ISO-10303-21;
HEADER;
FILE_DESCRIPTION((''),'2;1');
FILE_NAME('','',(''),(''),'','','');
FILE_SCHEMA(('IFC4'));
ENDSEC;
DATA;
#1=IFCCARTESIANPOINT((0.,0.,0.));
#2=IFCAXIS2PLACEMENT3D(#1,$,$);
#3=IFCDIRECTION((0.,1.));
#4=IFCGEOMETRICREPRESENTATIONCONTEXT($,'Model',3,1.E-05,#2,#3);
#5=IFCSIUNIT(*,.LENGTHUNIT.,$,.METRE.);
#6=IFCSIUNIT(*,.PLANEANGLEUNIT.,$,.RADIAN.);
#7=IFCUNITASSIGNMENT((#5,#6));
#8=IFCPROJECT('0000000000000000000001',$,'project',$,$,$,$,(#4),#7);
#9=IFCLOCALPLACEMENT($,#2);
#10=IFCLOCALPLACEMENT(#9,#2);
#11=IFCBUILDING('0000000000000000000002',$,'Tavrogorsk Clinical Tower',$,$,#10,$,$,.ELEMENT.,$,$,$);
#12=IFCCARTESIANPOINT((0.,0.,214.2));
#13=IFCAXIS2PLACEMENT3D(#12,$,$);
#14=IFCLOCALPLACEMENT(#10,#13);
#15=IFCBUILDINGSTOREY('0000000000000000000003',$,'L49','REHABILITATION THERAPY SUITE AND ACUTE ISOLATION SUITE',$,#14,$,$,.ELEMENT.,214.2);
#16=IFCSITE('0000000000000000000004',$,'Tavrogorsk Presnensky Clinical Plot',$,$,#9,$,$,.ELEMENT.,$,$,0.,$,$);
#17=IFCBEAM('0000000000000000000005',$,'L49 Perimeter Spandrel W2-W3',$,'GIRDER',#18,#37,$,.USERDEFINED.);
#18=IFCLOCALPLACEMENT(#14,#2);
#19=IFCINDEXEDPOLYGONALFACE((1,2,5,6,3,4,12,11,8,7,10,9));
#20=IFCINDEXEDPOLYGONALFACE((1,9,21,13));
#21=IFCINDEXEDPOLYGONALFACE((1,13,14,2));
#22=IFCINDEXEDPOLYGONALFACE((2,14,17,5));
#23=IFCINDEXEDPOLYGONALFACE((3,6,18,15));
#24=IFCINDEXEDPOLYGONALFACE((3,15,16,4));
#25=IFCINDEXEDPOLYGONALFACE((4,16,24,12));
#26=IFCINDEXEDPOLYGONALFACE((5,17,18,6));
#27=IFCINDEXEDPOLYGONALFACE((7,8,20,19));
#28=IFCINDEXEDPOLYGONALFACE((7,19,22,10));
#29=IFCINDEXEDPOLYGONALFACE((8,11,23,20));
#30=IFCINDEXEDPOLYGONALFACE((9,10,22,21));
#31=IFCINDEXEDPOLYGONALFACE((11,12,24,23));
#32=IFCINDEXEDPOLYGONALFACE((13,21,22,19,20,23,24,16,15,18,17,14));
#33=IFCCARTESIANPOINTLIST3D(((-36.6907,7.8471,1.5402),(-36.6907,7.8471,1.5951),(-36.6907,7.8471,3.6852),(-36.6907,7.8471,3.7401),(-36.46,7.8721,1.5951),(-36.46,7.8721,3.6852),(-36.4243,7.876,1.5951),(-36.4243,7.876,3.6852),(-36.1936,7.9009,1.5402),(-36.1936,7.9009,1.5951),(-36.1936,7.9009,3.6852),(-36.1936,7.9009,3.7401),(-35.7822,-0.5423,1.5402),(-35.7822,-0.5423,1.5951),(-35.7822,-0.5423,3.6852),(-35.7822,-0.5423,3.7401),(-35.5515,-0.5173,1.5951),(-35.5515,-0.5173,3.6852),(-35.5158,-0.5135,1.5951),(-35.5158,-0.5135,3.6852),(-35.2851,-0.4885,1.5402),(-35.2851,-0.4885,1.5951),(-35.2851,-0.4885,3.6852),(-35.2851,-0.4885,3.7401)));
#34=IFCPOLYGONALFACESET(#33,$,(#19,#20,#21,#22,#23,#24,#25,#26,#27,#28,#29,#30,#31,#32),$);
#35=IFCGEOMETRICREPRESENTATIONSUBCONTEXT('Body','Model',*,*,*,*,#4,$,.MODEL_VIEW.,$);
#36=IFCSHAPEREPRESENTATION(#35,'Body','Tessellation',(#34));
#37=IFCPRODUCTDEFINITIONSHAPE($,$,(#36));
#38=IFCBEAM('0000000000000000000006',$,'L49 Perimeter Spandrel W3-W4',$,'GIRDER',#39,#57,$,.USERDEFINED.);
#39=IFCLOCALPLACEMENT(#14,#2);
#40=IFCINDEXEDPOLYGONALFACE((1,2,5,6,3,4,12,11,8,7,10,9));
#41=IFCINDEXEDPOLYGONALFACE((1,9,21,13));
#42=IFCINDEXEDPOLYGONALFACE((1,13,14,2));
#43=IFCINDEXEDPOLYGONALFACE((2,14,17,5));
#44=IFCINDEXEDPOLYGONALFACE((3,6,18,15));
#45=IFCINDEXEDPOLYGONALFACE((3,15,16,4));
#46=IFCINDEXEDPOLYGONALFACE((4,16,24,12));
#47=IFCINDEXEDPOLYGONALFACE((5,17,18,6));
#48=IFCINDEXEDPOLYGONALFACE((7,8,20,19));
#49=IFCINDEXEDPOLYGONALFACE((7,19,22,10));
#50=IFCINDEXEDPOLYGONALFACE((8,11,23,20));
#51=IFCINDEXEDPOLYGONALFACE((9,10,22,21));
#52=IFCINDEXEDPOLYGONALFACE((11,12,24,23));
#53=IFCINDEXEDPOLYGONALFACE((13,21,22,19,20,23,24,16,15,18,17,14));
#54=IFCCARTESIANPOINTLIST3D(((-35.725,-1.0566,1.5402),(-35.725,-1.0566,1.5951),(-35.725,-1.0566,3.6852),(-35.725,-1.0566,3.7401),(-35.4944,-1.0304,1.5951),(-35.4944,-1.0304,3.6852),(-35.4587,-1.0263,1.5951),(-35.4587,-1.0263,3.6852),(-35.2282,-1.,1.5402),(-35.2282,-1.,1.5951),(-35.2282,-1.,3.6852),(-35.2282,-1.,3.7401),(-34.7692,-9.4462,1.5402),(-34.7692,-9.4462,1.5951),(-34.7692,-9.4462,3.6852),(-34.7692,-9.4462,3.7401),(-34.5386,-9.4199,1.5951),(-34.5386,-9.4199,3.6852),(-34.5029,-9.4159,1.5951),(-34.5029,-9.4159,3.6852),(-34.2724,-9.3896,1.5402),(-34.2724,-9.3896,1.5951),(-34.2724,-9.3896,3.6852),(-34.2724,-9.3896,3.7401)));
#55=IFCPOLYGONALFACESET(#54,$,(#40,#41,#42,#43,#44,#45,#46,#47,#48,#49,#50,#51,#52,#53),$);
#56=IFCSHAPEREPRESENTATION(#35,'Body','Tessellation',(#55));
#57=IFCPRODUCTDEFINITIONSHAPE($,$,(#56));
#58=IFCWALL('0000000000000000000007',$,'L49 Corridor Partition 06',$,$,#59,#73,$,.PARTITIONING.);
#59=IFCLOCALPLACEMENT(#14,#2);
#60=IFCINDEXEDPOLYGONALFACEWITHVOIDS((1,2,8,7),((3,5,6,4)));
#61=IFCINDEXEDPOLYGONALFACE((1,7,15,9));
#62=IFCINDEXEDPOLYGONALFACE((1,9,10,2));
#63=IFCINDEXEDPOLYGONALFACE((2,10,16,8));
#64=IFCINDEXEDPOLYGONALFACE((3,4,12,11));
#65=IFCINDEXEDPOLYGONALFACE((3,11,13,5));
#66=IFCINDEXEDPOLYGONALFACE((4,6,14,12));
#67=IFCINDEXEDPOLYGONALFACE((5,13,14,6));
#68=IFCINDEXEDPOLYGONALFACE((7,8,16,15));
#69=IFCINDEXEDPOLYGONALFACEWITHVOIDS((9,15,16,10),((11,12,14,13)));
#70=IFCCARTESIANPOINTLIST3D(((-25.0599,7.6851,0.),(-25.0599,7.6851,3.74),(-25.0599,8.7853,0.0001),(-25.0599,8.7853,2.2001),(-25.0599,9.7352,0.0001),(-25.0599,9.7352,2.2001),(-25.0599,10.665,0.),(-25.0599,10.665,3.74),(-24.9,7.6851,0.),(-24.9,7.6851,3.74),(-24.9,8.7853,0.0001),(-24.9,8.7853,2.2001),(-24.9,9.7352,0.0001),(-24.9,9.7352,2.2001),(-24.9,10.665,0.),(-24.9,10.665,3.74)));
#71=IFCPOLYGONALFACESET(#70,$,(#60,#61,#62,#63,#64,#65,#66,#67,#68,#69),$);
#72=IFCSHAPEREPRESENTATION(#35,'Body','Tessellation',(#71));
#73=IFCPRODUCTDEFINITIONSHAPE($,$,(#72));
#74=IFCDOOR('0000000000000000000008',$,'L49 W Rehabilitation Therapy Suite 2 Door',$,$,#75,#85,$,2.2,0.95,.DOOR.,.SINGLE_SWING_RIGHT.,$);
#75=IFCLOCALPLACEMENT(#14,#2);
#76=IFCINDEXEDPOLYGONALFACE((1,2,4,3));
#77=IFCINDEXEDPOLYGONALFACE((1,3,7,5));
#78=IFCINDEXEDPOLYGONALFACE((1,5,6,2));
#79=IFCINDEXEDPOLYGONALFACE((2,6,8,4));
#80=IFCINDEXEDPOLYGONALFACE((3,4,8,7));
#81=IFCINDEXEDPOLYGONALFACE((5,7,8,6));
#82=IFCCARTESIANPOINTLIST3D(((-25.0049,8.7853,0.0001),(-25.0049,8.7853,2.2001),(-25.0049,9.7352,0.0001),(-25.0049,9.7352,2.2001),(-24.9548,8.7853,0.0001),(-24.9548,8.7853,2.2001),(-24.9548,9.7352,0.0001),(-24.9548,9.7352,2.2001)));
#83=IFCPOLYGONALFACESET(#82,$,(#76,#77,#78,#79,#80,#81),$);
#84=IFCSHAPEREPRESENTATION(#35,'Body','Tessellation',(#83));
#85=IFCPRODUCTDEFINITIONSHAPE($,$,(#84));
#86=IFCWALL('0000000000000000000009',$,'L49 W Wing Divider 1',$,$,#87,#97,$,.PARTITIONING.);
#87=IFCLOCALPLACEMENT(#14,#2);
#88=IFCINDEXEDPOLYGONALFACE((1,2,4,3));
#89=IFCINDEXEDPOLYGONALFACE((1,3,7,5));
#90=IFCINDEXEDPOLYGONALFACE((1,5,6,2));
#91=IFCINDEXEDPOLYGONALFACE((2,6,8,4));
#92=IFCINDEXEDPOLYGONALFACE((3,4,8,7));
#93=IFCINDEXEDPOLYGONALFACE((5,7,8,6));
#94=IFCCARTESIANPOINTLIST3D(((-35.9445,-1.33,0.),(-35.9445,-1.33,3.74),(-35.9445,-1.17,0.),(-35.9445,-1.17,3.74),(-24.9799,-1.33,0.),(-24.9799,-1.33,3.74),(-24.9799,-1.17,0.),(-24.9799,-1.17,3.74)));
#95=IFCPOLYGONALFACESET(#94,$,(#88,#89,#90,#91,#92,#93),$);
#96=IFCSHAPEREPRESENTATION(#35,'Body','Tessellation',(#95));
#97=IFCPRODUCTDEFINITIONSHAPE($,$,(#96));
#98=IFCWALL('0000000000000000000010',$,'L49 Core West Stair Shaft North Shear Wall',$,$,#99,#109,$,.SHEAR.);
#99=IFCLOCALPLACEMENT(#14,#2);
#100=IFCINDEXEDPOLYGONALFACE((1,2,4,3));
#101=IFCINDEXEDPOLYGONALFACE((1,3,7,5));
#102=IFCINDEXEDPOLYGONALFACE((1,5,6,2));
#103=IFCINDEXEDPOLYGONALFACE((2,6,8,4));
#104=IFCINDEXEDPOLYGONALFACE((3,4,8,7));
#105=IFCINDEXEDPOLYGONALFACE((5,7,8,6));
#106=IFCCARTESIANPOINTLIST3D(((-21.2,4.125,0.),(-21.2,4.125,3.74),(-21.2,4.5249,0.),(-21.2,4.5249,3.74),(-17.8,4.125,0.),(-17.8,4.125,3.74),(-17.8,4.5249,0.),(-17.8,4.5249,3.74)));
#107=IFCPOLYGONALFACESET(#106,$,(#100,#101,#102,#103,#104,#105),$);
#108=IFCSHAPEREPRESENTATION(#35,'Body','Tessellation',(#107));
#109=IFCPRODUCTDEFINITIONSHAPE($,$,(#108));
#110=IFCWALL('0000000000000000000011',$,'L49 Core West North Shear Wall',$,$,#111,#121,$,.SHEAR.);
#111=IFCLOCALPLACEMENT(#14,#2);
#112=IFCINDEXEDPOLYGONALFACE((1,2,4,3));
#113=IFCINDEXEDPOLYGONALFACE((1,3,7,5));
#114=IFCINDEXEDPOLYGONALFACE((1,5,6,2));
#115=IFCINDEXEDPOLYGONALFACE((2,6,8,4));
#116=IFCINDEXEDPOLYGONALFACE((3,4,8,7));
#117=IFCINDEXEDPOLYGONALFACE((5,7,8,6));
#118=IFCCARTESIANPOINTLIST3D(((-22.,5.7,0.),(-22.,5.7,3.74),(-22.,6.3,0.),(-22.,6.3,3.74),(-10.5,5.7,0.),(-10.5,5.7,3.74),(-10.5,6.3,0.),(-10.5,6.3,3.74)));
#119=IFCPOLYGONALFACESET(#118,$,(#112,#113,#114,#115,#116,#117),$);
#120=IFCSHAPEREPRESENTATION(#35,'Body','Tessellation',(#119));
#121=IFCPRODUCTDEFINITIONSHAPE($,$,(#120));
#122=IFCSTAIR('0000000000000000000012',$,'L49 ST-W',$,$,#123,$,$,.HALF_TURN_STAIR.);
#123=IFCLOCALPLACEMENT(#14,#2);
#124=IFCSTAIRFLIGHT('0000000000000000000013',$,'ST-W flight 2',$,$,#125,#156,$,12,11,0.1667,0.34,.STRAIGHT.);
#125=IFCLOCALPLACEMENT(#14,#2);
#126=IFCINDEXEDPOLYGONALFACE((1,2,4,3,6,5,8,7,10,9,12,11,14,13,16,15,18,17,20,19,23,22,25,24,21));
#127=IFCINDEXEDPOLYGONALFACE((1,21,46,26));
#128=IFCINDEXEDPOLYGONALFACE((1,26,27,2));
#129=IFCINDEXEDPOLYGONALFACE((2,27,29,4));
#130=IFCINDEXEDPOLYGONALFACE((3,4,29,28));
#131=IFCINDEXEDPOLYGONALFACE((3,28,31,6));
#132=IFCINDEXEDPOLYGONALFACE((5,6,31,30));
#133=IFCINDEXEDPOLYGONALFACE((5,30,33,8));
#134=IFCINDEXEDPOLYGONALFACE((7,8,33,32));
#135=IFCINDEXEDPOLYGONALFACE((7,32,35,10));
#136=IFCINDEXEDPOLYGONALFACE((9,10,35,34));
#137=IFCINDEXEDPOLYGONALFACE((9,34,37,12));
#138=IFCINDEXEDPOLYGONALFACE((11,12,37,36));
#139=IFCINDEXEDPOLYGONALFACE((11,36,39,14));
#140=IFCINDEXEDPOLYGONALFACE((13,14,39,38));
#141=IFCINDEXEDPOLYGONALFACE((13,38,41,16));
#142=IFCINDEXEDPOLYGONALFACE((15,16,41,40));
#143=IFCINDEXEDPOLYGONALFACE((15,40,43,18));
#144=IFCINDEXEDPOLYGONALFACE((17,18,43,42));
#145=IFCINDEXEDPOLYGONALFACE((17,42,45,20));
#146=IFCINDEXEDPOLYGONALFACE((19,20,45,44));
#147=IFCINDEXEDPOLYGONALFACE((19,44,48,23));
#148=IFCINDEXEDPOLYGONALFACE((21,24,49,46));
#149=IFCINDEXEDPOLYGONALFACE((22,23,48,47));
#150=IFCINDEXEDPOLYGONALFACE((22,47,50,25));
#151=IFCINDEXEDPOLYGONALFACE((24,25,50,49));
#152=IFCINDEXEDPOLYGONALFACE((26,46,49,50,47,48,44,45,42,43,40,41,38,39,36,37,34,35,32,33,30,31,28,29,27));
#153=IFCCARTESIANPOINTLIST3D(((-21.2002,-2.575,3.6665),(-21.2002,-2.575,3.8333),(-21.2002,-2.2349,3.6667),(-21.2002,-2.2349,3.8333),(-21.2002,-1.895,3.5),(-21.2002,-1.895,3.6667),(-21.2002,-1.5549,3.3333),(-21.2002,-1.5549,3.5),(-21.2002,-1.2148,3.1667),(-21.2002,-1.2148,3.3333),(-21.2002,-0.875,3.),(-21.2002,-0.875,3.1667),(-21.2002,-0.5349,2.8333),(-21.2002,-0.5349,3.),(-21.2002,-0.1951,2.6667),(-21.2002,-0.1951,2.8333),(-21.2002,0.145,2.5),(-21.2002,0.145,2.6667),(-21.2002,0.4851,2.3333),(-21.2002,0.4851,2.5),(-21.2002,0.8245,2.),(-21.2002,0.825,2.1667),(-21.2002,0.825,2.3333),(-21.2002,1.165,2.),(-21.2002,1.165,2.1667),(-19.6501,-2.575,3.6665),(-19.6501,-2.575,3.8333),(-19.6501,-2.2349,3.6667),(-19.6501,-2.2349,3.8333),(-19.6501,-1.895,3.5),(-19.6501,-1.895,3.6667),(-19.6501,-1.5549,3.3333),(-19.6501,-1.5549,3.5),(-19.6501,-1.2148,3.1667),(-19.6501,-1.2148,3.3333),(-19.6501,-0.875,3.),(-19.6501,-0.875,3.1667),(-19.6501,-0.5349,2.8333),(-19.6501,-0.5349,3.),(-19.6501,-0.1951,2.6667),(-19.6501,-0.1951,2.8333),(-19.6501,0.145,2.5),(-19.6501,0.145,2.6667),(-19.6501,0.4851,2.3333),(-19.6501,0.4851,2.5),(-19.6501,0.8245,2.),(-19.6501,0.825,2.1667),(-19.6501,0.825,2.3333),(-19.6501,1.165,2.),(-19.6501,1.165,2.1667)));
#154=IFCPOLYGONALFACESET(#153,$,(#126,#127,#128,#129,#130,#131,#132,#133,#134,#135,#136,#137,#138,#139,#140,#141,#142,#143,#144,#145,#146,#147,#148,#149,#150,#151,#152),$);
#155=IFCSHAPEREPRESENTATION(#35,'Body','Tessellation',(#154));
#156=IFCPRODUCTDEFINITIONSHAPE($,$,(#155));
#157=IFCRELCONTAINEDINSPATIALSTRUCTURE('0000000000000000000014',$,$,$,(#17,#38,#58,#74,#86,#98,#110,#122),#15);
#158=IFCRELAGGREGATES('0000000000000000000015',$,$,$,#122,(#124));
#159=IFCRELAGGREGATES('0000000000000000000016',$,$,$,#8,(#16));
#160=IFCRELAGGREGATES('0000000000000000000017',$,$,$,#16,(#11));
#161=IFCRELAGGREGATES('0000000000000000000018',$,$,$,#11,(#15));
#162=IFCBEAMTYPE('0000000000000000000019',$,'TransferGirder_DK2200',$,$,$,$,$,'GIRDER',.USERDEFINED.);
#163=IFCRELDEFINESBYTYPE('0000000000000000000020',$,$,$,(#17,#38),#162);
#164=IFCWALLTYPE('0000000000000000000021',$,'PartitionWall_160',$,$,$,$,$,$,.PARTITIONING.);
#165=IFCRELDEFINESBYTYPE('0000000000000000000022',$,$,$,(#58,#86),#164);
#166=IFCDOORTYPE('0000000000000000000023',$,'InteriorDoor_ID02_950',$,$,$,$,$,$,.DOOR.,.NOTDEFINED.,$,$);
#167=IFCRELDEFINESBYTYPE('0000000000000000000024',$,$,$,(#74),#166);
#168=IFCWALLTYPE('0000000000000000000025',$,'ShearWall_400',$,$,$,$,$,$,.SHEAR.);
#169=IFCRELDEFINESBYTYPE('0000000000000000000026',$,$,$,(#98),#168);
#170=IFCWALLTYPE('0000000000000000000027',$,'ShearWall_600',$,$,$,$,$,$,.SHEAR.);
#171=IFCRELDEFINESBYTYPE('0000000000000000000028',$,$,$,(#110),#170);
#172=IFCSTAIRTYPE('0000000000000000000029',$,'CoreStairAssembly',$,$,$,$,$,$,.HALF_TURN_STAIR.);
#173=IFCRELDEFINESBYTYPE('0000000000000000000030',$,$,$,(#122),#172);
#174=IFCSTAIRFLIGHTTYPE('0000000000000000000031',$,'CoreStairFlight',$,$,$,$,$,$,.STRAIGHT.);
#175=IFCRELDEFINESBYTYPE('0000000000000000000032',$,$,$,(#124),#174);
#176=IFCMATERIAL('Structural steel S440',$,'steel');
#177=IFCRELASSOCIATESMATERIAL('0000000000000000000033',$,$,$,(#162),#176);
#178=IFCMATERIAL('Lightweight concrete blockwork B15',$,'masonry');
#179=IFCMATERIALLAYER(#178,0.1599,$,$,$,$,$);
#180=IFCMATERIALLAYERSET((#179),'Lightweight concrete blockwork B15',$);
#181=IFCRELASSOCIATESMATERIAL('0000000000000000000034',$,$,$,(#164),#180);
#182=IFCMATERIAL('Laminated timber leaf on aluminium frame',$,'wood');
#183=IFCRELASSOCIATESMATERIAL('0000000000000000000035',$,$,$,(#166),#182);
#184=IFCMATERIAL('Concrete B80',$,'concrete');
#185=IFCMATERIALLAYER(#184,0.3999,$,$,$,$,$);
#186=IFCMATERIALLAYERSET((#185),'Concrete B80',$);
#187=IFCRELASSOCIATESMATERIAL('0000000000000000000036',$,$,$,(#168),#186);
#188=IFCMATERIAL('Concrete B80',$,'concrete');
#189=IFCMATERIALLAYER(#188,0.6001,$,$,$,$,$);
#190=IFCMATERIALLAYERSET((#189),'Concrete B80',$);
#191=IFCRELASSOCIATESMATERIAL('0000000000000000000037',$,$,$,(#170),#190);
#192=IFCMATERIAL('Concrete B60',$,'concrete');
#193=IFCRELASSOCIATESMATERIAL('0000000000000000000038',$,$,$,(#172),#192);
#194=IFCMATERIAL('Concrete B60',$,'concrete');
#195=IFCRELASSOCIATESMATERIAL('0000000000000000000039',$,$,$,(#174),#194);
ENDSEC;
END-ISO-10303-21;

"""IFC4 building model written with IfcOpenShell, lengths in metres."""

from ifc_helpers import new_model, si_unit, direction, frame, frame_2d, origin, origin_2d, place, context, subcontext, project, spatial, polyline, rectangle, i_section, outline, extrude, material, layer, layer_set, material_profile, profile_set, type_object, element, fill, aggregate, save


model = new_model("IFC4")

# Units and contexts
model_context = context("Model", 3, precision=1e-05, world=origin(), true_north=direction((0.0, 1.0)))
body_context = subcontext(model_context, "Body", "Model", "MODEL_VIEW")
ifc_project = project(units=[si_unit("LENGTHUNIT", "METRE"), si_unit("PLANEANGLEUNIT", "RADIAN")], contexts=[model_context])

# Site, building, storey
site_placement = place(None, origin())
site = spatial("IfcSite", under=ifc_project, at=site_placement, Name="Tavrogorsk Presnensky Clinical Plot", CompositionType="ELEMENT", RefElevation=0.0)
building_placement = place(site_placement, origin())
building = spatial("IfcBuilding", under=site, at=building_placement, Name="Tavrogorsk Clinical Tower", CompositionType="ELEMENT")
storey_placement = place(building_placement, frame((0.0, 0.0, 214.2)))
storey = spatial("IfcBuildingStorey", under=building, at=storey_placement, Name="L49", Description="REHABILITATION THERAPY SUITE AND ACUTE ISOLATION SUITE", CompositionType="ELEMENT", Elevation=214.2)

# Beams
ifc_material_1 = material(Name="Structural steel S440", Category="steel")
ifc_material_profile_1 = material_profile(ifc_material_1, i_section(OverallWidth=0.5, OverallDepth=2.2, WebThickness=0.0359, FlangeThickness=0.0549, at=origin_2d()), Name="DK-2200x500x36x55")
ifc_profile_set_1 = profile_set([ifc_material_profile_1], Name="Structural steel S440")
beam_type_1 = type_object("IfcBeamType", Name="TransferGirder_DK2200", ElementType="GIRDER", PredefinedType="USERDEFINED", material=ifc_profile_set_1)
beam_1_placement = place(storey_placement, frame((-36.4421, 7.874, 2.6401), z_axis=(0.107656, -0.994188, 0.0), x_axis=(0.994188, 0.107656, 0.0)))
element("IfcBeam", 1, at=beam_1_placement, inside=storey, type_object=beam_type_1, Name="L49 Perimeter Spandrel W2-W3", ObjectType="GIRDER", PredefinedType="USERDEFINED", context=body_context, shape_type="SweptSolid", body=[
    extrude(i_section(OverallWidth=0.5, OverallDepth=2.2, WebThickness=0.0359, FlangeThickness=0.0549, at=origin_2d()), origin(), (0.0, 0.0, 1.0), 8.4385),
])
beam_2_placement = place(storey_placement, frame((-35.4766, -1.0283, 2.6401), z_axis=(0.113195, -0.993573, 0.0), x_axis=(0.993573, 0.113195, 0.0)))
element("IfcBeam", 2, at=beam_2_placement, inside=storey, type_object=beam_type_1, Name="L49 Perimeter Spandrel W3-W4", ObjectType="GIRDER", PredefinedType="USERDEFINED", context=body_context, shape_type="SweptSolid", body=[
    extrude(i_section(OverallWidth=0.5, OverallDepth=2.2, WebThickness=0.0359, FlangeThickness=0.0549, at=origin_2d()), origin(), (0.0, 0.0, 1.0), 8.4438),
])

# Wall, opening, door
ifc_material_2 = material(Name="Lightweight concrete blockwork B15", Category="masonry")
ifc_layer_1 = layer(ifc_material_2, 0.1599)
ifc_layer_set_1 = layer_set([ifc_layer_1], Name="Lightweight concrete blockwork B15")
wall_type_1 = type_object("IfcWallType", Name="PartitionWall_160", PredefinedType="PARTITIONING", material=ifc_layer_set_1)
wall_1_placement = place(storey_placement, frame((-24.98, 7.6851, 0.0), z_axis=(0.0, 0.0, 1.0), x_axis=(0.0, 1.0, 0.0)))
wall_1 = element("IfcWall", 3, at=wall_1_placement, inside=storey, type_object=wall_type_1, Name="L49 Corridor Partition 06", PredefinedType="PARTITIONING", context=body_context, shape_type="SweptSolid", body=[
    extrude(rectangle(XDim=2.98, YDim=0.1599, at=frame_2d((1.49, 0.0))), origin(), (0.0, 0.0, 1.0), 3.74),
])
opening_placement = place(wall_1_placement, frame((1.1001, 0.0, 0.0)))
opening = element("IfcOpeningElement", 4, at=opening_placement, cuts=wall_1, PredefinedType="OPENING", context=body_context, shape_type="SweptSolid", body=[
    extrude(rectangle(XDim=0.95, YDim=2.2, at=frame_2d((0.4751, 1.1001))), frame((0.0, 0.0898, 0.0), z_axis=(0.0, -1.0, 0.0), x_axis=(1.0, 0.0, 0.0)), (0.0, 0.0, 1.0), 0.1799),
])
ifc_material_3 = material(Name="Laminated timber leaf on aluminium frame", Category="wood")
door_type = type_object("IfcDoorType", Name="InteriorDoor_ID02_950", OperationType="NOTDEFINED", PredefinedType="DOOR", material=ifc_material_3)
door_placement = place(opening_placement, origin())
door = element("IfcDoor", 5, at=door_placement, inside=storey, type_object=door_type, Name="L49 W Rehabilitation Therapy Suite 2 Door", OperationType="SINGLE_SWING_RIGHT", OverallHeight=2.2, OverallWidth=0.95, PredefinedType="DOOR", context=body_context, shape_type="SweptSolid", body=[
    extrude(rectangle(XDim=0.95, YDim=2.2, at=frame_2d((0.4751, 1.1001))), frame((0.0, 0.0249, 0.0), z_axis=(0.0, -1.0, 0.0), x_axis=(1.0, 0.0, 0.0)), (0.0, 0.0, 1.0), 0.05),
])
fill(opening, door)

# Walls
wall_2_placement = place(storey_placement, frame((-35.9446, -1.25, 0.0), z_axis=(0.0, 0.0, 1.0), x_axis=(1.0, 0.0, 0.0)))
element("IfcWall", 6, at=wall_2_placement, inside=storey, type_object=wall_type_1, Name="L49 W Wing Divider 1", PredefinedType="PARTITIONING", context=body_context, shape_type="SweptSolid", body=[
    extrude(rectangle(XDim=10.9646, YDim=0.1599, at=frame_2d((5.4824, 0.0))), origin(), (0.0, 0.0, 1.0), 3.74),
])
ifc_material_4 = material(Name="Concrete B80", Category="concrete")
ifc_layer_2 = layer(ifc_material_4, 0.3999)
ifc_layer_set_2 = layer_set([ifc_layer_2], Name="Concrete B80")
wall_type_2 = type_object("IfcWallType", Name="ShearWall_400", PredefinedType="SHEAR", material=ifc_layer_set_2)
wall_3_placement = place(storey_placement, frame((-21.2, 4.325, 0.0), z_axis=(0.0, 0.0, 1.0), x_axis=(1.0, 0.0, 0.0)))
element("IfcWall", 7, at=wall_3_placement, inside=storey, type_object=wall_type_2, Name="L49 Core West Stair Shaft North Shear Wall", PredefinedType="SHEAR", context=body_context, shape_type="SweptSolid", body=[
    extrude(rectangle(XDim=3.3999, YDim=0.3999, at=frame_2d((1.7, 0.0))), origin(), (0.0, 0.0, 1.0), 3.74),
])
ifc_material_5 = material(Name="Concrete B80", Category="concrete")
ifc_layer_3 = layer(ifc_material_5, 0.6001)
ifc_layer_set_3 = layer_set([ifc_layer_3], Name="Concrete B80")
wall_type_3 = type_object("IfcWallType", Name="ShearWall_600", PredefinedType="SHEAR", material=ifc_layer_set_3)
wall_4_placement = place(storey_placement, frame((-22.0, 6.0, 0.0), z_axis=(0.0, 0.0, 1.0), x_axis=(1.0, 0.0, 0.0)))
element("IfcWall", 8, at=wall_4_placement, inside=storey, type_object=wall_type_3, Name="L49 Core West North Shear Wall", PredefinedType="SHEAR", context=body_context, shape_type="SweptSolid", body=[
    extrude(rectangle(XDim=11.5, YDim=0.6001, at=frame_2d((5.75, 0.0))), origin(), (0.0, 0.0, 1.0), 3.74),
])

# Stair, stair flight
ifc_material_6 = material(Name="Concrete B60", Category="concrete")
stair_type = type_object("IfcStairType", Name="CoreStairAssembly", PredefinedType="HALF_TURN_STAIR", material=ifc_material_6)
stair_placement = place(storey_placement, origin())
stair = element("IfcStair", 9, at=stair_placement, inside=storey, type_object=stair_type, Name="L49 ST-W", PredefinedType="HALF_TURN_STAIR")
ifc_material_7 = material(Name="Concrete B60", Category="concrete")
stair_flight_type = type_object("IfcStairFlightType", Name="CoreStairFlight", PredefinedType="STRAIGHT", material=ifc_material_7)
stair_flight_placement = place(storey_placement, frame((-20.425, 1.165, 2.0), z_axis=(0.0, 0.0, 1.0), x_axis=(0.0, -1.0, 0.0)))
stair_flight = element("IfcStairFlight", 10, at=stair_flight_placement, type_object=stair_flight_type, Name="ST-W flight 2", NumberOfRisers=12, NumberOfTreads=11, PredefinedType="STRAIGHT", RiserHeight=0.1667, TreadLength=0.34, context=body_context, shape_type="SweptSolid", body=[
    extrude(outline(polyline([(0.0, 0.0), (0.0, 0.1667), (0.3401, 0.1667), (0.3401, 0.3333), (0.6799, 0.3333), (0.6799, 0.5), (1.02, 0.5), (1.02, 0.6667), (1.3601, 0.6667), (1.3601, 0.8333), (1.7, 0.8333), (1.7, 1.0), (2.04, 1.0), (2.04, 1.1667), (2.3799, 1.1667), (2.3799, 1.3333), (2.72, 1.3333), (2.72, 1.5), (3.0601, 1.5), (3.0601, 1.6667), (3.3999, 1.6667), (3.3999, 1.8333), (3.74, 1.8333), (3.74, 2.0), (3.74, 1.6665), (0.3406, 0.0), (0.0, 0.0)])), frame((0.0, 0.7749, 0.0), z_axis=(0.0, -1.0, 0.0), x_axis=(1.0, 0.0, 0.0)), (0.0, 0.0, 1.0), 1.55),
])
aggregate(stair, [stair_flight])

save(model, "model.ifc")
